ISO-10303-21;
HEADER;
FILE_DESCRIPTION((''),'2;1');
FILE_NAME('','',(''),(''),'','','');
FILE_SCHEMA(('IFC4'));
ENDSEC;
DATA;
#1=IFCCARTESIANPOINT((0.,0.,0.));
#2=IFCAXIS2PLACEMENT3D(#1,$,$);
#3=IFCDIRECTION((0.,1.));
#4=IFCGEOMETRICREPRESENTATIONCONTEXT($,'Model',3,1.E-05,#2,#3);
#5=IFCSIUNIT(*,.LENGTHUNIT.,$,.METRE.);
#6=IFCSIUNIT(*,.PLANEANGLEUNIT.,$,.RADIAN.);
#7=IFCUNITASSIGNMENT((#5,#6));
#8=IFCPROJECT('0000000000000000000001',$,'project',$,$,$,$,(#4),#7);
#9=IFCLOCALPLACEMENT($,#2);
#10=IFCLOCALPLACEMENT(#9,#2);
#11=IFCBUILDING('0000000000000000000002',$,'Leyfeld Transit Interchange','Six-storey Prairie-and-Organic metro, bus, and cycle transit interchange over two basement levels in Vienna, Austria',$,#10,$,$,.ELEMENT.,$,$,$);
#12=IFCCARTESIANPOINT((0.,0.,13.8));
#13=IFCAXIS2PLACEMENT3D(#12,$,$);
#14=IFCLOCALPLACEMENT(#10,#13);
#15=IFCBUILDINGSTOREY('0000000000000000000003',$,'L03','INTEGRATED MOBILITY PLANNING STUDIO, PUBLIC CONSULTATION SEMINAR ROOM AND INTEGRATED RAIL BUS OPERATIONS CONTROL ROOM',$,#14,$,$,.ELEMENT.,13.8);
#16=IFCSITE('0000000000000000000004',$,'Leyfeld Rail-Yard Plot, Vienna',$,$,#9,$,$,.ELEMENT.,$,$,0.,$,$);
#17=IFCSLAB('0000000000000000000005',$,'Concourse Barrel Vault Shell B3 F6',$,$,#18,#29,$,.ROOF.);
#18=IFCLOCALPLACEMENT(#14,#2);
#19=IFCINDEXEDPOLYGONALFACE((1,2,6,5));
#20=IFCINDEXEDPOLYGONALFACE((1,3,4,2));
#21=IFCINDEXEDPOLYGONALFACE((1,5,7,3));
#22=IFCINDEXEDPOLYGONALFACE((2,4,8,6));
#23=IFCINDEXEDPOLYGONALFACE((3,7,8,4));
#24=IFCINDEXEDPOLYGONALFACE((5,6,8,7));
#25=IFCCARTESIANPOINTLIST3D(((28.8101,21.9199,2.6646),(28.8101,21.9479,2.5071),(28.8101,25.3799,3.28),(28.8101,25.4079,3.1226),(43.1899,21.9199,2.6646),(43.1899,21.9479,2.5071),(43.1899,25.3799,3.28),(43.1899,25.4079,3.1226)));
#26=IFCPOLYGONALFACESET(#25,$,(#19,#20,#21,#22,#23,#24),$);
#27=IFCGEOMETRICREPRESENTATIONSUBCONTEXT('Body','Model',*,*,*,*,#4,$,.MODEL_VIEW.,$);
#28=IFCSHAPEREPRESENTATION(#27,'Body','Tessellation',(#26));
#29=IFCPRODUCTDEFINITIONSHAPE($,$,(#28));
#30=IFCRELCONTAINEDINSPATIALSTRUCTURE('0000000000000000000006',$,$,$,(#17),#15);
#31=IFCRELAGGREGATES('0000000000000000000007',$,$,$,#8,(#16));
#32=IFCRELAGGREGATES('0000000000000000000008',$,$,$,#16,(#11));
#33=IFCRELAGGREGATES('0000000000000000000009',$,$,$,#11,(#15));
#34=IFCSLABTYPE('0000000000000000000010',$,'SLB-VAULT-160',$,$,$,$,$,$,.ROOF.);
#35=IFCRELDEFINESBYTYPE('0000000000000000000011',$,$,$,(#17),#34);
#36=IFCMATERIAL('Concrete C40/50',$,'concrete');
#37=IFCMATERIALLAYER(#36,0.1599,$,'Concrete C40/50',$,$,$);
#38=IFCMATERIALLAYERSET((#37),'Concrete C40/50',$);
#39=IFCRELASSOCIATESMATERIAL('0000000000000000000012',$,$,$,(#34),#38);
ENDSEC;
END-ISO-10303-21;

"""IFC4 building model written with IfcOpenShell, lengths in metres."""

from ifc_helpers import new_model, si_unit, direction, frame, origin, place, context, subcontext, project, spatial, polyline, outline, extrude, material, layer, layer_set, type_object, element, save


model = new_model("IFC4")

# Units and contexts
model_context = context("Model", 3, precision=1e-05, world=origin(), true_north=direction((0.0, 1.0)))
body_context = subcontext(model_context, "Body", "Model", "MODEL_VIEW")
ifc_project = project(units=[si_unit("LENGTHUNIT", "METRE"), si_unit("PLANEANGLEUNIT", "RADIAN")], contexts=[model_context])

# Site, building, storey
site_placement = place(None, origin())
site = spatial("IfcSite", under=ifc_project, at=site_placement, Name="Leyfeld Rail-Yard Plot, Vienna", CompositionType="ELEMENT", RefElevation=0.0)
building_placement = place(site_placement, origin())
building = spatial("IfcBuilding", under=site, at=building_placement, Name="Leyfeld Transit Interchange", Description="Six-storey Prairie-and-Organic metro, bus, and cycle transit interchange over two basement levels in Vienna, Austria", CompositionType="ELEMENT")
storey_placement = place(building_placement, frame((0.0, 0.0, 13.8)))
storey = spatial("IfcBuildingStorey", under=building, at=storey_placement, Name="L03", Description="INTEGRATED MOBILITY PLANNING STUDIO, PUBLIC CONSULTATION SEMINAR ROOM AND INTEGRATED RAIL BUS OPERATIONS CONTROL ROOM", CompositionType="ELEMENT", Elevation=13.8)

# Slab
ifc_material_1 = material(Name="Concrete C40/50", Category="concrete")
ifc_layer_1 = layer(ifc_material_1, 0.1599, Name="Concrete C40/50")
ifc_layer_set_1 = layer_set([ifc_layer_1], Name="Concrete C40/50")
slab_type_1 = type_object("IfcSlabType", Name="SLB-VAULT-160", PredefinedType="ROOF", material=ifc_layer_set_1)
slab_1_placement = place(storey_placement, frame((28.8101, 21.9199, 2.6646), z_axis=(0.0, -0.175137, 0.984544), x_axis=(1.0, 0.0, 0.0)))
element("IfcSlab", 1, at=slab_1_placement, inside=storey, type_object=slab_type_1, Name="Concourse Barrel Vault Shell B3 F6", PredefinedType="ROOF", context=body_context, shape_type="SweptSolid", body=[
    extrude(outline(polyline([(0.0, 0.0), (14.3799, 0.0), (14.3799, 3.5143), (0.0, 3.5143), (0.0, 0.0)])), origin(), (0.0, 0.0, -1.0), 0.1599),
])

save(model, "model.ifc")
